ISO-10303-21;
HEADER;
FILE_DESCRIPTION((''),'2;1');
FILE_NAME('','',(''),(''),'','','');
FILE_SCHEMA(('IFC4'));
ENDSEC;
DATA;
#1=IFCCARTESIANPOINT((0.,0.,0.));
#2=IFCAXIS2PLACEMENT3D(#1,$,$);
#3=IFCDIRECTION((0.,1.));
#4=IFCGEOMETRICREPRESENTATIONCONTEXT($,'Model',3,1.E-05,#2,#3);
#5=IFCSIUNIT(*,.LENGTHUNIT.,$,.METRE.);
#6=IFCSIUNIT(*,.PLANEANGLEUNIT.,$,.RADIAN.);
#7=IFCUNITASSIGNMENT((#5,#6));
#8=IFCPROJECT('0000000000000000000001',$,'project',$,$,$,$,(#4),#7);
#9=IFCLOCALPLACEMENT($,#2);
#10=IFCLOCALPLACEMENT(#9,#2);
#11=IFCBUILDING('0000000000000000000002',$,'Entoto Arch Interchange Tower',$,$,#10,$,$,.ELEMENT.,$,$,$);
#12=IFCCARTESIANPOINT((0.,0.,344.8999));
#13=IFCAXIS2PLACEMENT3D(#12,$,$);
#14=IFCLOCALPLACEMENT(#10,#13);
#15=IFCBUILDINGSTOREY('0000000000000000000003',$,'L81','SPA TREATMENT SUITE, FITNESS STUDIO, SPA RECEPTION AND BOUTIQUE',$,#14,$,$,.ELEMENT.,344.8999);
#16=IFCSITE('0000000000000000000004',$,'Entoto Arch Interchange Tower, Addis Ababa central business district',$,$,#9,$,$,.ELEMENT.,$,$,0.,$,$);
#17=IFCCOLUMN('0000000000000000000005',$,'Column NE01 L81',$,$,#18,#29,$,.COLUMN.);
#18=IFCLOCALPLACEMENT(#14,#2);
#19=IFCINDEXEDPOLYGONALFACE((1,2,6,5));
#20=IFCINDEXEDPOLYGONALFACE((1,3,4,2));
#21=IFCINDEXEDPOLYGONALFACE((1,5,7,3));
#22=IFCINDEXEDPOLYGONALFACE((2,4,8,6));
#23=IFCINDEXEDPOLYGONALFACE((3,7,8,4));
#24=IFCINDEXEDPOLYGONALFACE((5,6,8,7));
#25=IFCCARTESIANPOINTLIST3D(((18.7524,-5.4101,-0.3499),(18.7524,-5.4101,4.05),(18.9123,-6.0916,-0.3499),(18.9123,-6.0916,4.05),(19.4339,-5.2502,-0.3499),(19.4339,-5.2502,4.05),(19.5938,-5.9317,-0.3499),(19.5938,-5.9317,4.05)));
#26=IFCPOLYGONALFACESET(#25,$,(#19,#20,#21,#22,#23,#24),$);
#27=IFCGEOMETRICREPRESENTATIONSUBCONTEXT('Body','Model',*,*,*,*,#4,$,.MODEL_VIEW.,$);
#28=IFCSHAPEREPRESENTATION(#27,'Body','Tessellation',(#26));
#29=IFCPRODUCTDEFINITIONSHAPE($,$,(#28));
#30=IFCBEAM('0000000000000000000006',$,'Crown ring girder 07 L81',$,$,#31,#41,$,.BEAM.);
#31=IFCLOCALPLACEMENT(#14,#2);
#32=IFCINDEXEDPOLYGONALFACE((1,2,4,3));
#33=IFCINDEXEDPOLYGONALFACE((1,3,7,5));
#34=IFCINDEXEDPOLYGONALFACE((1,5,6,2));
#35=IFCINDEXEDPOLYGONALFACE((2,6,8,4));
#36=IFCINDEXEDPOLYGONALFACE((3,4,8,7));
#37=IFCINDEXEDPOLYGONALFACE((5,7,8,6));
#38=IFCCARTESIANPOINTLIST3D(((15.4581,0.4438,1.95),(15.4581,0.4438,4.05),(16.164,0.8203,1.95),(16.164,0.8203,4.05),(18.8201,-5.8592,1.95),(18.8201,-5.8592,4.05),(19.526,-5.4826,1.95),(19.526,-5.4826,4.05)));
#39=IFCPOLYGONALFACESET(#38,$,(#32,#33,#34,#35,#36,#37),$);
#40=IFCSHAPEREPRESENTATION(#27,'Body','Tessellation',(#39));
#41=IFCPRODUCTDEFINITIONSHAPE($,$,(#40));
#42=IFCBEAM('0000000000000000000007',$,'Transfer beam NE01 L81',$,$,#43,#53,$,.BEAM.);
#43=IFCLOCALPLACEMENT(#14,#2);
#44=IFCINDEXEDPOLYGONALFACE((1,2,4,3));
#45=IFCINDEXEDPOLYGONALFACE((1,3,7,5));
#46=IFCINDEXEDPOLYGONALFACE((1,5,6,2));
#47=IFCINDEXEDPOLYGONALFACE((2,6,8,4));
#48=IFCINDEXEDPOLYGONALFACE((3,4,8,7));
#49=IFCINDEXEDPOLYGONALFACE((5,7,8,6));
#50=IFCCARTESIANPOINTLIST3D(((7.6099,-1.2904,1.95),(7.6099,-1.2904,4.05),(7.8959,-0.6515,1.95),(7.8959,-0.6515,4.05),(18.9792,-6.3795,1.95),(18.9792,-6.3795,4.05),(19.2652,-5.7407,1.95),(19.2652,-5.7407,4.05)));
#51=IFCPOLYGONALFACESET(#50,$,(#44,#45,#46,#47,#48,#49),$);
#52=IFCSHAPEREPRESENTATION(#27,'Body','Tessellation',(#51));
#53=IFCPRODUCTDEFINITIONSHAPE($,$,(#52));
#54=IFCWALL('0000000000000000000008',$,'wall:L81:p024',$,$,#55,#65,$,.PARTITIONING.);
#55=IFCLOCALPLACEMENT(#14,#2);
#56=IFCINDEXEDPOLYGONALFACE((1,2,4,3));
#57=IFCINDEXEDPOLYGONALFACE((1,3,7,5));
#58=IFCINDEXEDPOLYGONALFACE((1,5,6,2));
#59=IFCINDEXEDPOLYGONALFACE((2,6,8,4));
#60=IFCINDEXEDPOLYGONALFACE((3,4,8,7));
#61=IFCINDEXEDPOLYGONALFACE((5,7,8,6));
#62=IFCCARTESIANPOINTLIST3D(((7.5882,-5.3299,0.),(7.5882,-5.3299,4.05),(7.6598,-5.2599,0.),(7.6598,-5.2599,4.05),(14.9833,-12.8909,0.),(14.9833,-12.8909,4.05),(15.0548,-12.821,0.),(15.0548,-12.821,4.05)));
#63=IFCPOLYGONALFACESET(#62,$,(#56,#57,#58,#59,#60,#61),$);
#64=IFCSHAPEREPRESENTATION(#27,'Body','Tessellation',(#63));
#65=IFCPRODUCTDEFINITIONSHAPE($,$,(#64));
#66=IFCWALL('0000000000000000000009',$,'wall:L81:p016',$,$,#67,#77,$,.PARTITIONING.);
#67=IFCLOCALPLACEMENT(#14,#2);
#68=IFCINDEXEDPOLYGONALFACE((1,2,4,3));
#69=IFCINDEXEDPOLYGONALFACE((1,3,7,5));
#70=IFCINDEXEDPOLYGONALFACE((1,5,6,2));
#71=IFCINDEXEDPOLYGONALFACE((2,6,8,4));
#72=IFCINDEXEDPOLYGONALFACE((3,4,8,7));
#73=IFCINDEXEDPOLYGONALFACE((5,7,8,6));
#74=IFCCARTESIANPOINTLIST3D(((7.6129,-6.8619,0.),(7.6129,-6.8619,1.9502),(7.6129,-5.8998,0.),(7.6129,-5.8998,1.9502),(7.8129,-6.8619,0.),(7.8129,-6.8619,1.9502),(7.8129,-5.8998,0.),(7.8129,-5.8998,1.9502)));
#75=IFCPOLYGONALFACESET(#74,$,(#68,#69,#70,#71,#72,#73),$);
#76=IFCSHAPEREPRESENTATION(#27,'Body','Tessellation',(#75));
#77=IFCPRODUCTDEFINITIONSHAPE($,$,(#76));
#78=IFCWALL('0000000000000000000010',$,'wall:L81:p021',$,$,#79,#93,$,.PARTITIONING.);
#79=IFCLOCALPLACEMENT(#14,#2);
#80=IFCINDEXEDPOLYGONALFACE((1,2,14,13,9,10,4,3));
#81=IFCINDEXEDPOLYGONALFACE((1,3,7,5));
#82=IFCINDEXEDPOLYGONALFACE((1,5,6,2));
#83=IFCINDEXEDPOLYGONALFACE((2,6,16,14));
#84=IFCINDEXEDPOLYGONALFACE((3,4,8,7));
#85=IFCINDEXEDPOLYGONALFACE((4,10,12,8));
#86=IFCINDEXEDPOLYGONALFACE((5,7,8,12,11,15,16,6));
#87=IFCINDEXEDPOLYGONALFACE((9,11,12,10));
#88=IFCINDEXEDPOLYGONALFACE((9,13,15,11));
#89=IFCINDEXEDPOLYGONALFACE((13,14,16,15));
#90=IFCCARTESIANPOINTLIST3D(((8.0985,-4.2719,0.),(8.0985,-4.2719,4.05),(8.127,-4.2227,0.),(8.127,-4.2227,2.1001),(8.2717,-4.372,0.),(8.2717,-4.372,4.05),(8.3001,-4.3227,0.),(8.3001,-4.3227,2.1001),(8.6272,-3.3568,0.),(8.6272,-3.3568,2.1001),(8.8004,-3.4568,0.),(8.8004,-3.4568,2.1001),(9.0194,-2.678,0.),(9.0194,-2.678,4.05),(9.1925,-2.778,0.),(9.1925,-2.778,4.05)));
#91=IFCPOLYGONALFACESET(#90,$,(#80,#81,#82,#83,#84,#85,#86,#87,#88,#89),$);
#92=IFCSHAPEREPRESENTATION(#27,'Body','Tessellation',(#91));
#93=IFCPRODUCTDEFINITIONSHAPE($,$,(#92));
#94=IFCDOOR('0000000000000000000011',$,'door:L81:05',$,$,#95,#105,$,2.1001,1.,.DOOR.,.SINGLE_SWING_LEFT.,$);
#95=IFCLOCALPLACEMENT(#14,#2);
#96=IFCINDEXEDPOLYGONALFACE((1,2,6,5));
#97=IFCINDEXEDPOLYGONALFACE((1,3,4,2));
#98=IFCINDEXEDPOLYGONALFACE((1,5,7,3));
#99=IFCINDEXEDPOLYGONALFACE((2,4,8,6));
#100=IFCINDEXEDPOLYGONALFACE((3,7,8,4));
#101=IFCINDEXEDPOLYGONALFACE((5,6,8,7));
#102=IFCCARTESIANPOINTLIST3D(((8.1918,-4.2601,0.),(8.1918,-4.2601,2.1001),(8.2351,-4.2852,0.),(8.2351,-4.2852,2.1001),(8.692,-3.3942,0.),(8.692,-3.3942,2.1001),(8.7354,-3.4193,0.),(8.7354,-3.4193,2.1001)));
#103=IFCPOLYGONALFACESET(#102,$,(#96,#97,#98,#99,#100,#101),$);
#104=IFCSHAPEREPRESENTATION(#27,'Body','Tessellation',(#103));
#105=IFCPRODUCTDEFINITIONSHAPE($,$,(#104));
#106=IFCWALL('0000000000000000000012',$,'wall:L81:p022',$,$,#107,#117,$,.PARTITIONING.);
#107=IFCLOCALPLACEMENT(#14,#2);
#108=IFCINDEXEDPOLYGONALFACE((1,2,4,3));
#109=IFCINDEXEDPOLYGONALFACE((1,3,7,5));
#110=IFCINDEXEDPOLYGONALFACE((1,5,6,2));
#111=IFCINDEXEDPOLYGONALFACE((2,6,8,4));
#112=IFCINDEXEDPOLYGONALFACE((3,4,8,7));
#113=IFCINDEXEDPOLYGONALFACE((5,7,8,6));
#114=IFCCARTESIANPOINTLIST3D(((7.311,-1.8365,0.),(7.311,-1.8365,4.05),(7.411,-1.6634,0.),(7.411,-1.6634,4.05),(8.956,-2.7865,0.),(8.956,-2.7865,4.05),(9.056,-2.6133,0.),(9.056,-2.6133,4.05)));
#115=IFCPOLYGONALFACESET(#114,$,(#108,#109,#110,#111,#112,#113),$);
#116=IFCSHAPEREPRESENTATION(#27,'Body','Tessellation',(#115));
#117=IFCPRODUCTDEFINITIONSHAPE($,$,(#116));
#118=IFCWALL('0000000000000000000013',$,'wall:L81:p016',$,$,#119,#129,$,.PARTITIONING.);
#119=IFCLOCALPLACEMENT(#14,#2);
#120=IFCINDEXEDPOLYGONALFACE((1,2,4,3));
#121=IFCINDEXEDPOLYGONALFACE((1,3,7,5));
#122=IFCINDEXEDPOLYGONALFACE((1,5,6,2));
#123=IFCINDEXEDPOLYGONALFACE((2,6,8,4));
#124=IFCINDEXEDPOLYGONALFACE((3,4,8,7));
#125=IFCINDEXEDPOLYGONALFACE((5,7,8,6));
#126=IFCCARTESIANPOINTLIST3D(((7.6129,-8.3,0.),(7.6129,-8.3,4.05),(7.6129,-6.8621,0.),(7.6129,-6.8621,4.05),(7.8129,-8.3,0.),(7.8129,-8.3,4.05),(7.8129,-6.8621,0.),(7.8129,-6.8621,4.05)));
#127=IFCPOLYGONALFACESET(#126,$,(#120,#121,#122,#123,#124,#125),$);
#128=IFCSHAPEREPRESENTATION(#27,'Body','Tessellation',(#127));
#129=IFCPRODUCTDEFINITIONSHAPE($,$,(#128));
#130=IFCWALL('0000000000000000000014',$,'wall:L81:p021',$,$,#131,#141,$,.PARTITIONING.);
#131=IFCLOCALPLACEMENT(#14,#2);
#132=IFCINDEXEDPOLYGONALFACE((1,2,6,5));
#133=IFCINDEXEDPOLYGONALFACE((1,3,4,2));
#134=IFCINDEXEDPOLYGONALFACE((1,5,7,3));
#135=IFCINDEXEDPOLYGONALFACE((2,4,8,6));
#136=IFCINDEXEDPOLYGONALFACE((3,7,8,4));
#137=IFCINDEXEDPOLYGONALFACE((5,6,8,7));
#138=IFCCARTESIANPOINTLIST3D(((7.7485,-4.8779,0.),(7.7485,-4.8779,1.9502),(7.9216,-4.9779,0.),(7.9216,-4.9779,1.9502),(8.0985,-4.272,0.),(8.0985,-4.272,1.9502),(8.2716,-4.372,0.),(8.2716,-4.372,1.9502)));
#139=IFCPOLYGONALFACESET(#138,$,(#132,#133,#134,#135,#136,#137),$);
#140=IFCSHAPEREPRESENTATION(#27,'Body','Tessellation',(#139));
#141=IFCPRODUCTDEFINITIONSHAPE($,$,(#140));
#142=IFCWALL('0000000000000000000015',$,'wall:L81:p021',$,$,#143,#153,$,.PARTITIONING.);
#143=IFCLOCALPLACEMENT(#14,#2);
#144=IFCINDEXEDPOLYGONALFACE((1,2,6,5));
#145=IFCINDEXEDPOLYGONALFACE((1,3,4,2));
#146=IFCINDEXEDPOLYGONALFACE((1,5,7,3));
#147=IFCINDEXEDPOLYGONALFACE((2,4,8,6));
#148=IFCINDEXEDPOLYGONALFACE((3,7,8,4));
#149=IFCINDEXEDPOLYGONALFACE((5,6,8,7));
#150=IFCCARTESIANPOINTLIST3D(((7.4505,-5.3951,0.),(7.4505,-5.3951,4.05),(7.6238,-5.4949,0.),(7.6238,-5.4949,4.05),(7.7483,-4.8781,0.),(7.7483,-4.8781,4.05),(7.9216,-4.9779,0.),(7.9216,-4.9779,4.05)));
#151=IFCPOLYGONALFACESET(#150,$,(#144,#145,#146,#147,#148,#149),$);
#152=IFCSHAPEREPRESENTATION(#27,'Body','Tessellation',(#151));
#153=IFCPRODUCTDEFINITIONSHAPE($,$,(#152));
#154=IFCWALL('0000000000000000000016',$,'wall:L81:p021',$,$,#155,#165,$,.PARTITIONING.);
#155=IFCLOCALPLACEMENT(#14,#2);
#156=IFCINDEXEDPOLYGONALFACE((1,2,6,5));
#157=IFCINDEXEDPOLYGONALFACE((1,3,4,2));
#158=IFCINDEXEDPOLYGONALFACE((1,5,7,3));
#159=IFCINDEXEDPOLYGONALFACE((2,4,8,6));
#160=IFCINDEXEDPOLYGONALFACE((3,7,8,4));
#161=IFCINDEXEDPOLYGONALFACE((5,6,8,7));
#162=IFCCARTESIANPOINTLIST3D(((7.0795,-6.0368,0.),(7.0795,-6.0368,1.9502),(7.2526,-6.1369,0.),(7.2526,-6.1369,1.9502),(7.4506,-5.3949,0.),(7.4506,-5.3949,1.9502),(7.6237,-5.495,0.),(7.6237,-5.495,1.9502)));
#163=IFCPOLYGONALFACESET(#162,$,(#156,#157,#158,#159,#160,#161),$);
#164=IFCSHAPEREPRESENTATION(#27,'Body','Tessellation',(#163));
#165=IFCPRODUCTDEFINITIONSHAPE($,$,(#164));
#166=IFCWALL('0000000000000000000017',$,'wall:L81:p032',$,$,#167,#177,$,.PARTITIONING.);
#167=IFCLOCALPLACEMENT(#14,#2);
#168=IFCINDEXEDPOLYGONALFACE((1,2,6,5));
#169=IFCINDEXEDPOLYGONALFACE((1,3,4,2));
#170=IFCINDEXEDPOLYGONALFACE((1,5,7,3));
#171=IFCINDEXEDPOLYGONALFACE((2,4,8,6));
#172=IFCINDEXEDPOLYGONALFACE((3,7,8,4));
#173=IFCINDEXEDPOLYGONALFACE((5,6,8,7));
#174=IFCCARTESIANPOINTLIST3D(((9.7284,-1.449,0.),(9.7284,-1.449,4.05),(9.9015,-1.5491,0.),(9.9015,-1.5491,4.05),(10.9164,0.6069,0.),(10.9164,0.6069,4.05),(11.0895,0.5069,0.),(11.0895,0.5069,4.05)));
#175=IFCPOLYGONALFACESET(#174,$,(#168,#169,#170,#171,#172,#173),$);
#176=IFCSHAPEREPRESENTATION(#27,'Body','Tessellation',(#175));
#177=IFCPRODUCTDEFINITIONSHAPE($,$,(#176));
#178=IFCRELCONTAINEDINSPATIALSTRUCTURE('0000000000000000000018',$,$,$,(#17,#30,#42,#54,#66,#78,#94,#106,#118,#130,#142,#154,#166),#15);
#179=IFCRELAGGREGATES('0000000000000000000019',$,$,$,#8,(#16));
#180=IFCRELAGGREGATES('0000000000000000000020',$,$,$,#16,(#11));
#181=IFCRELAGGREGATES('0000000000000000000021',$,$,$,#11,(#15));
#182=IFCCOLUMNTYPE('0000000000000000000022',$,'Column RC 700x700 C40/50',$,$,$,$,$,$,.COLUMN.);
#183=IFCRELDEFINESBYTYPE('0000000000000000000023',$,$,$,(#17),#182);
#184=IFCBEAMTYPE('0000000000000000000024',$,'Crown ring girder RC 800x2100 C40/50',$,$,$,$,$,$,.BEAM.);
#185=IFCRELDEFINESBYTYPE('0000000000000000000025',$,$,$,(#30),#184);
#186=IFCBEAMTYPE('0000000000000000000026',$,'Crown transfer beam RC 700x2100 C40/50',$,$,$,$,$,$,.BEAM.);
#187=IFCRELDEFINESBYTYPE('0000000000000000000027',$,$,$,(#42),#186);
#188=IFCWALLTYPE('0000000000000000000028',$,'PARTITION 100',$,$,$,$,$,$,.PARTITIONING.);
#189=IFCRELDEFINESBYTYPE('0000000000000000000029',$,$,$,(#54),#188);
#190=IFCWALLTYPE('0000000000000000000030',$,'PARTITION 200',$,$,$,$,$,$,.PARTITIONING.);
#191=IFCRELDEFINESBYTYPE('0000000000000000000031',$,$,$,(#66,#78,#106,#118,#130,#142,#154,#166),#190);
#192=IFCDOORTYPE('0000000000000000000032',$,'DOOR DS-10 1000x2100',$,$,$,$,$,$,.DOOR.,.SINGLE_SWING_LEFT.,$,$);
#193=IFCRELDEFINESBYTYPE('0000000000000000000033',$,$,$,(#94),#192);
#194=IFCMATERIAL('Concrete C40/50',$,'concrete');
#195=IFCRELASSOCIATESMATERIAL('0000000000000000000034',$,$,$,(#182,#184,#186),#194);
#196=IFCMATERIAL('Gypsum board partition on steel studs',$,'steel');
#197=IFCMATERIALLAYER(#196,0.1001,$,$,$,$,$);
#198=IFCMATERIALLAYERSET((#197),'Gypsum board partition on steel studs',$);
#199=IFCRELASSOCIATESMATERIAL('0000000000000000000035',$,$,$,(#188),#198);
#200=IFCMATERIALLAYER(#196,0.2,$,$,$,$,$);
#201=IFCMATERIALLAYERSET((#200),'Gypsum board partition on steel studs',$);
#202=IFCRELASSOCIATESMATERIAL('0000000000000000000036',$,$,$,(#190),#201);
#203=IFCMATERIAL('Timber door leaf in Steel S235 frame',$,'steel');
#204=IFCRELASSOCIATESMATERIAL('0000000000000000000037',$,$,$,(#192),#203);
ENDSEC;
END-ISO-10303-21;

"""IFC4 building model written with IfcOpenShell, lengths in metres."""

from ifc_helpers import new_model, si_unit, direction, frame, frame_2d, origin, origin_2d, place, context, subcontext, project, spatial, rectangle, extrude, material, layer, layer_set, material_profile, profile_set, type_object, element, fill, save


model = new_model("IFC4")

# Units and contexts
model_context = context("Model", 3, precision=1e-05, world=origin(), true_north=direction((0.0, 1.0)))
body_context = subcontext(model_context, "Body", "Model", "MODEL_VIEW")
ifc_project = project(units=[si_unit("LENGTHUNIT", "METRE"), si_unit("PLANEANGLEUNIT", "RADIAN")], contexts=[model_context])

# Site, building, storey
site_placement = place(None, origin())
site = spatial("IfcSite", under=ifc_project, at=site_placement, Name="Entoto Arch Interchange Tower, Addis Ababa central business district", CompositionType="ELEMENT", RefElevation=0.0)
building_placement = place(site_placement, origin())
building = spatial("IfcBuilding", under=site, at=building_placement, Name="Entoto Arch Interchange Tower", CompositionType="ELEMENT")
storey_placement = place(building_placement, frame((0.0, 0.0, 344.8999)))
storey = spatial("IfcBuildingStorey", under=building, at=storey_placement, Name="L81", Description="SPA TREATMENT SUITE, FITNESS STUDIO, SPA RECEPTION AND BOUTIQUE", CompositionType="ELEMENT", Elevation=344.8999)

# Column
ifc_material_1 = material(Name="Concrete C40/50", Category="concrete")
ifc_material_profile_1 = material_profile(ifc_material_1, rectangle(XDim=0.7, YDim=0.7, at=origin_2d()))
ifc_profile_set_1 = profile_set([ifc_material_profile_1], Name="Concrete C40/50")
column_type = type_object("IfcColumnType", Name="Column RC 700x700 C40/50", PredefinedType="COLUMN", material=ifc_profile_set_1)
column_placement = place(storey_placement, frame((19.1731, -5.6709, -0.3499), z_axis=(0.0, 0.0, 1.0), x_axis=(-0.228436, 0.973559, 0.0)))
element("IfcColumn", 1, at=column_placement, inside=storey, type_object=column_type, Name="Column NE01 L81", PredefinedType="COLUMN", context=body_context, shape_type="SweptSolid", body=[
    extrude(rectangle(XDim=0.7, YDim=0.7, at=origin_2d()), origin(), (0.0, 0.0, 1.0), 4.3999),
])

# Beams
ifc_material_profile_2 = material_profile(ifc_material_1, rectangle(XDim=0.8, YDim=2.1001, at=origin_2d()))
ifc_profile_set_2 = profile_set([ifc_material_profile_2], Name="Concrete C40/50")
beam_type_1 = type_object("IfcBeamType", Name="Crown ring girder RC 800x2100 C40/50", PredefinedType="BEAM", material=ifc_profile_set_2)
beam_1_placement = place(storey_placement, frame((19.1731, -5.6709, 3.0), z_axis=(-0.47064, 0.882326, 0.0), x_axis=(-0.882326, -0.47064, 0.0)))
element("IfcBeam", 2, at=beam_1_placement, inside=storey, type_object=beam_type_1, Name="Crown ring girder 07 L81", PredefinedType="BEAM", context=body_context, shape_type="SweptSolid", body=[
    extrude(rectangle(XDim=0.8, YDim=2.1001, at=origin_2d()), origin(), (0.0, 0.0, 1.0), 7.1436),
])
ifc_material_profile_3 = material_profile(ifc_material_1, rectangle(XDim=0.7, YDim=2.1001, at=origin_2d()))
ifc_profile_set_3 = profile_set([ifc_material_profile_3], Name="Concrete C40/50")
beam_type_2 = type_object("IfcBeamType", Name="Crown transfer beam RC 700x2100 C40/50", PredefinedType="BEAM", material=ifc_profile_set_3)
beam_2_placement = place(storey_placement, frame((7.7529, -0.9709, 3.0), z_axis=(0.912731, -0.408561, 0.0), x_axis=(0.408561, 0.912731, 0.0)))
element("IfcBeam", 3, at=beam_2_placement, inside=storey, type_object=beam_type_2, Name="Transfer beam NE01 L81", PredefinedType="BEAM", context=body_context, shape_type="SweptSolid", body=[
    extrude(rectangle(XDim=0.7, YDim=2.1001, at=origin_2d()), origin(), (0.0, 0.0, 1.0), 12.4563),
])

# Walls
ifc_material_2 = material(Name="Gypsum board partition on steel studs", Category="steel")
ifc_layer_1 = layer(ifc_material_2, 0.1001)
ifc_layer_set_1 = layer_set([ifc_layer_1], Name="Gypsum board partition on steel studs")
wall_type_1 = type_object("IfcWallType", Name="PARTITION 100", PredefinedType="PARTITIONING", material=ifc_layer_set_1)
wall_1_placement = place(storey_placement, frame((7.624, -5.2949, 0.0), z_axis=(0.0, 0.0, 1.0), x_axis=(0.699215, -0.714912, 0.0)))
element("IfcWall", 4, at=wall_1_placement, inside=storey, type_object=wall_type_1, Name="wall:L81:p024", PredefinedType="PARTITIONING", context=body_context, shape_type="SweptSolid", body=[
    extrude(rectangle(XDim=10.5762, YDim=0.1001, at=frame_2d((5.2881, 0.0))), origin(), (0.0, 0.0, 1.0), 4.05),
])
ifc_layer_2 = layer(ifc_material_2, 0.2)
ifc_layer_set_2 = layer_set([ifc_layer_2], Name="Gypsum board partition on steel studs")
wall_type_2 = type_object("IfcWallType", Name="PARTITION 200", PredefinedType="PARTITIONING", material=ifc_layer_set_2)
wall_2_placement = place(storey_placement, frame((7.7129, -5.8999, 0.0), z_axis=(0.0, 0.0, 1.0), x_axis=(0.0, -1.0, 0.0)))
element("IfcWall", 5, at=wall_2_placement, inside=storey, type_object=wall_type_2, Name="wall:L81:p016", PredefinedType="PARTITIONING", context=body_context, shape_type="SweptSolid", body=[
    extrude(rectangle(XDim=0.9622, YDim=0.2, at=frame_2d((0.481, 0.0))), origin(), (0.0, 0.0, 1.0), 1.9502),
])

# Wall, opening, door
wall_3_placement = place(storey_placement, frame((9.106, -2.728, 0.0), z_axis=(0.0, 0.0, 1.0), x_axis=(-0.500247, -0.865883, 0.0)))
wall_3 = element("IfcWall", 6, at=wall_3_placement, inside=storey, type_object=wall_type_2, Name="wall:L81:p021", PredefinedType="PARTITIONING", context=body_context, shape_type="SweptSolid", body=[
    extrude(rectangle(XDim=1.8408, YDim=0.2, at=frame_2d((0.9204, 0.0))), origin(), (0.0, 0.0, 1.0), 4.05),
])
opening_1_placement = place(wall_3_placement, frame((0.7839, 0.0, 0.0)))
opening_1 = element("IfcOpeningElement", 7, at=opening_1_placement, cuts=wall_3, PredefinedType="OPENING", context=body_context, shape_type="SweptSolid", body=[
    extrude(rectangle(XDim=1.0, YDim=2.1001, at=frame_2d((0.5, 1.05))), frame((0.0, 0.1099, 0.0), z_axis=(0.0, -1.0, 0.0), x_axis=(1.0, 0.0, 0.0)), (0.0, 0.0, 1.0), 0.22),
])
ifc_material_3 = material(Name="Timber door leaf in Steel S235 frame", Category="steel")
door_type = type_object("IfcDoorType", Name="DOOR DS-10 1000x2100", OperationType="SINGLE_SWING_LEFT", PredefinedType="DOOR", material=ifc_material_3)
door_placement = place(opening_1_placement, origin())
door = element("IfcDoor", 8, at=door_placement, inside=storey, type_object=door_type, Name="door:L81:05", OperationType="SINGLE_SWING_LEFT", OverallHeight=2.1001, OverallWidth=1.0, PredefinedType="DOOR", context=body_context, shape_type="SweptSolid", body=[
    extrude(rectangle(XDim=1.0, YDim=2.1001, at=frame_2d((0.5, 1.05))), frame((0.0, 0.0249, 0.0), z_axis=(0.0, -1.0, 0.0), x_axis=(1.0, 0.0, 0.0)), (0.0, 0.0, 1.0), 0.05),
])
fill(opening_1, door)

# Walls
wall_4_placement = place(storey_placement, frame((7.3611, -1.75, 0.0), z_axis=(0.0, 0.0, 1.0), x_axis=(0.86598, -0.500078, 0.0)))
element("IfcWall", 9, at=wall_4_placement, inside=storey, type_object=wall_type_2, Name="wall:L81:p022", PredefinedType="PARTITIONING", context=body_context, shape_type="SweptSolid", body=[
    extrude(rectangle(XDim=1.8997, YDim=0.2, at=frame_2d((0.9497, 0.0))), origin(), (0.0, 0.0, 1.0), 4.05),
])
wall_5_placement = place(storey_placement, frame((7.7129, -6.8621, 0.0), z_axis=(0.0, 0.0, 1.0), x_axis=(0.0, -1.0, 0.0)))
element("IfcWall", 10, at=wall_5_placement, inside=storey, type_object=wall_type_2, Name="wall:L81:p016", PredefinedType="PARTITIONING", context=body_context, shape_type="SweptSolid", body=[
    extrude(rectangle(XDim=1.438, YDim=0.2, at=frame_2d((0.719, 0.0))), origin(), (0.0, 0.0, 1.0), 4.05),
])
wall_6_placement = place(storey_placement, frame((8.1851, -4.322, 0.0), z_axis=(0.0, 0.0, 1.0), x_axis=(-0.500266, -0.865872, 0.0)))
element("IfcWall", 11, at=wall_6_placement, inside=storey, type_object=wall_type_2, Name="wall:L81:p021", PredefinedType="PARTITIONING", context=body_context, shape_type="SweptSolid", body=[
    extrude(rectangle(XDim=0.6997, YDim=0.2, at=frame_2d((0.3499, 0.0))), origin(), (0.0, 0.0, 1.0), 1.9502),
])
wall_7_placement = place(storey_placement, frame((7.835, -4.928, 0.0), z_axis=(0.0, 0.0, 1.0), x_axis=(-0.499132, -0.866526, 0.0)))
element("IfcWall", 12, at=wall_7_placement, inside=storey, type_object=wall_type_2, Name="wall:L81:p021", PredefinedType="PARTITIONING", context=body_context, shape_type="SweptSolid", body=[
    extrude(rectangle(XDim=0.5967, YDim=0.2, at=frame_2d((0.2983, 0.0))), origin(), (0.0, 0.0, 1.0), 4.05),
])
wall_8_placement = place(storey_placement, frame((7.5371, -5.4451, 0.0), z_axis=(0.0, 0.0, 1.0), x_axis=(-0.50053, -0.865719, 0.0)))
element("IfcWall", 13, at=wall_8_placement, inside=storey, type_object=wall_type_2, Name="wall:L81:p021", PredefinedType="PARTITIONING", context=body_context, shape_type="SweptSolid", body=[
    extrude(rectangle(XDim=0.7415, YDim=0.2, at=frame_2d((0.3706, 0.0))), origin(), (0.0, 0.0, 1.0), 1.9502),
])
wall_9_placement = place(storey_placement, frame((11.0029, 0.5569, 0.0), z_axis=(0.0, 0.0, 1.0), x_axis=(-0.500319, -0.865841, 0.0)))
element("IfcWall", 14, at=wall_9_placement, inside=storey, type_object=wall_type_2, Name="wall:L81:p032", PredefinedType="PARTITIONING", context=body_context, shape_type="SweptSolid", body=[
    extrude(rectangle(XDim=2.3745, YDim=0.2, at=frame_2d((1.1873, 0.0))), origin(), (0.0, 0.0, 1.0), 4.05),
])

save(model, "model.ifc")
